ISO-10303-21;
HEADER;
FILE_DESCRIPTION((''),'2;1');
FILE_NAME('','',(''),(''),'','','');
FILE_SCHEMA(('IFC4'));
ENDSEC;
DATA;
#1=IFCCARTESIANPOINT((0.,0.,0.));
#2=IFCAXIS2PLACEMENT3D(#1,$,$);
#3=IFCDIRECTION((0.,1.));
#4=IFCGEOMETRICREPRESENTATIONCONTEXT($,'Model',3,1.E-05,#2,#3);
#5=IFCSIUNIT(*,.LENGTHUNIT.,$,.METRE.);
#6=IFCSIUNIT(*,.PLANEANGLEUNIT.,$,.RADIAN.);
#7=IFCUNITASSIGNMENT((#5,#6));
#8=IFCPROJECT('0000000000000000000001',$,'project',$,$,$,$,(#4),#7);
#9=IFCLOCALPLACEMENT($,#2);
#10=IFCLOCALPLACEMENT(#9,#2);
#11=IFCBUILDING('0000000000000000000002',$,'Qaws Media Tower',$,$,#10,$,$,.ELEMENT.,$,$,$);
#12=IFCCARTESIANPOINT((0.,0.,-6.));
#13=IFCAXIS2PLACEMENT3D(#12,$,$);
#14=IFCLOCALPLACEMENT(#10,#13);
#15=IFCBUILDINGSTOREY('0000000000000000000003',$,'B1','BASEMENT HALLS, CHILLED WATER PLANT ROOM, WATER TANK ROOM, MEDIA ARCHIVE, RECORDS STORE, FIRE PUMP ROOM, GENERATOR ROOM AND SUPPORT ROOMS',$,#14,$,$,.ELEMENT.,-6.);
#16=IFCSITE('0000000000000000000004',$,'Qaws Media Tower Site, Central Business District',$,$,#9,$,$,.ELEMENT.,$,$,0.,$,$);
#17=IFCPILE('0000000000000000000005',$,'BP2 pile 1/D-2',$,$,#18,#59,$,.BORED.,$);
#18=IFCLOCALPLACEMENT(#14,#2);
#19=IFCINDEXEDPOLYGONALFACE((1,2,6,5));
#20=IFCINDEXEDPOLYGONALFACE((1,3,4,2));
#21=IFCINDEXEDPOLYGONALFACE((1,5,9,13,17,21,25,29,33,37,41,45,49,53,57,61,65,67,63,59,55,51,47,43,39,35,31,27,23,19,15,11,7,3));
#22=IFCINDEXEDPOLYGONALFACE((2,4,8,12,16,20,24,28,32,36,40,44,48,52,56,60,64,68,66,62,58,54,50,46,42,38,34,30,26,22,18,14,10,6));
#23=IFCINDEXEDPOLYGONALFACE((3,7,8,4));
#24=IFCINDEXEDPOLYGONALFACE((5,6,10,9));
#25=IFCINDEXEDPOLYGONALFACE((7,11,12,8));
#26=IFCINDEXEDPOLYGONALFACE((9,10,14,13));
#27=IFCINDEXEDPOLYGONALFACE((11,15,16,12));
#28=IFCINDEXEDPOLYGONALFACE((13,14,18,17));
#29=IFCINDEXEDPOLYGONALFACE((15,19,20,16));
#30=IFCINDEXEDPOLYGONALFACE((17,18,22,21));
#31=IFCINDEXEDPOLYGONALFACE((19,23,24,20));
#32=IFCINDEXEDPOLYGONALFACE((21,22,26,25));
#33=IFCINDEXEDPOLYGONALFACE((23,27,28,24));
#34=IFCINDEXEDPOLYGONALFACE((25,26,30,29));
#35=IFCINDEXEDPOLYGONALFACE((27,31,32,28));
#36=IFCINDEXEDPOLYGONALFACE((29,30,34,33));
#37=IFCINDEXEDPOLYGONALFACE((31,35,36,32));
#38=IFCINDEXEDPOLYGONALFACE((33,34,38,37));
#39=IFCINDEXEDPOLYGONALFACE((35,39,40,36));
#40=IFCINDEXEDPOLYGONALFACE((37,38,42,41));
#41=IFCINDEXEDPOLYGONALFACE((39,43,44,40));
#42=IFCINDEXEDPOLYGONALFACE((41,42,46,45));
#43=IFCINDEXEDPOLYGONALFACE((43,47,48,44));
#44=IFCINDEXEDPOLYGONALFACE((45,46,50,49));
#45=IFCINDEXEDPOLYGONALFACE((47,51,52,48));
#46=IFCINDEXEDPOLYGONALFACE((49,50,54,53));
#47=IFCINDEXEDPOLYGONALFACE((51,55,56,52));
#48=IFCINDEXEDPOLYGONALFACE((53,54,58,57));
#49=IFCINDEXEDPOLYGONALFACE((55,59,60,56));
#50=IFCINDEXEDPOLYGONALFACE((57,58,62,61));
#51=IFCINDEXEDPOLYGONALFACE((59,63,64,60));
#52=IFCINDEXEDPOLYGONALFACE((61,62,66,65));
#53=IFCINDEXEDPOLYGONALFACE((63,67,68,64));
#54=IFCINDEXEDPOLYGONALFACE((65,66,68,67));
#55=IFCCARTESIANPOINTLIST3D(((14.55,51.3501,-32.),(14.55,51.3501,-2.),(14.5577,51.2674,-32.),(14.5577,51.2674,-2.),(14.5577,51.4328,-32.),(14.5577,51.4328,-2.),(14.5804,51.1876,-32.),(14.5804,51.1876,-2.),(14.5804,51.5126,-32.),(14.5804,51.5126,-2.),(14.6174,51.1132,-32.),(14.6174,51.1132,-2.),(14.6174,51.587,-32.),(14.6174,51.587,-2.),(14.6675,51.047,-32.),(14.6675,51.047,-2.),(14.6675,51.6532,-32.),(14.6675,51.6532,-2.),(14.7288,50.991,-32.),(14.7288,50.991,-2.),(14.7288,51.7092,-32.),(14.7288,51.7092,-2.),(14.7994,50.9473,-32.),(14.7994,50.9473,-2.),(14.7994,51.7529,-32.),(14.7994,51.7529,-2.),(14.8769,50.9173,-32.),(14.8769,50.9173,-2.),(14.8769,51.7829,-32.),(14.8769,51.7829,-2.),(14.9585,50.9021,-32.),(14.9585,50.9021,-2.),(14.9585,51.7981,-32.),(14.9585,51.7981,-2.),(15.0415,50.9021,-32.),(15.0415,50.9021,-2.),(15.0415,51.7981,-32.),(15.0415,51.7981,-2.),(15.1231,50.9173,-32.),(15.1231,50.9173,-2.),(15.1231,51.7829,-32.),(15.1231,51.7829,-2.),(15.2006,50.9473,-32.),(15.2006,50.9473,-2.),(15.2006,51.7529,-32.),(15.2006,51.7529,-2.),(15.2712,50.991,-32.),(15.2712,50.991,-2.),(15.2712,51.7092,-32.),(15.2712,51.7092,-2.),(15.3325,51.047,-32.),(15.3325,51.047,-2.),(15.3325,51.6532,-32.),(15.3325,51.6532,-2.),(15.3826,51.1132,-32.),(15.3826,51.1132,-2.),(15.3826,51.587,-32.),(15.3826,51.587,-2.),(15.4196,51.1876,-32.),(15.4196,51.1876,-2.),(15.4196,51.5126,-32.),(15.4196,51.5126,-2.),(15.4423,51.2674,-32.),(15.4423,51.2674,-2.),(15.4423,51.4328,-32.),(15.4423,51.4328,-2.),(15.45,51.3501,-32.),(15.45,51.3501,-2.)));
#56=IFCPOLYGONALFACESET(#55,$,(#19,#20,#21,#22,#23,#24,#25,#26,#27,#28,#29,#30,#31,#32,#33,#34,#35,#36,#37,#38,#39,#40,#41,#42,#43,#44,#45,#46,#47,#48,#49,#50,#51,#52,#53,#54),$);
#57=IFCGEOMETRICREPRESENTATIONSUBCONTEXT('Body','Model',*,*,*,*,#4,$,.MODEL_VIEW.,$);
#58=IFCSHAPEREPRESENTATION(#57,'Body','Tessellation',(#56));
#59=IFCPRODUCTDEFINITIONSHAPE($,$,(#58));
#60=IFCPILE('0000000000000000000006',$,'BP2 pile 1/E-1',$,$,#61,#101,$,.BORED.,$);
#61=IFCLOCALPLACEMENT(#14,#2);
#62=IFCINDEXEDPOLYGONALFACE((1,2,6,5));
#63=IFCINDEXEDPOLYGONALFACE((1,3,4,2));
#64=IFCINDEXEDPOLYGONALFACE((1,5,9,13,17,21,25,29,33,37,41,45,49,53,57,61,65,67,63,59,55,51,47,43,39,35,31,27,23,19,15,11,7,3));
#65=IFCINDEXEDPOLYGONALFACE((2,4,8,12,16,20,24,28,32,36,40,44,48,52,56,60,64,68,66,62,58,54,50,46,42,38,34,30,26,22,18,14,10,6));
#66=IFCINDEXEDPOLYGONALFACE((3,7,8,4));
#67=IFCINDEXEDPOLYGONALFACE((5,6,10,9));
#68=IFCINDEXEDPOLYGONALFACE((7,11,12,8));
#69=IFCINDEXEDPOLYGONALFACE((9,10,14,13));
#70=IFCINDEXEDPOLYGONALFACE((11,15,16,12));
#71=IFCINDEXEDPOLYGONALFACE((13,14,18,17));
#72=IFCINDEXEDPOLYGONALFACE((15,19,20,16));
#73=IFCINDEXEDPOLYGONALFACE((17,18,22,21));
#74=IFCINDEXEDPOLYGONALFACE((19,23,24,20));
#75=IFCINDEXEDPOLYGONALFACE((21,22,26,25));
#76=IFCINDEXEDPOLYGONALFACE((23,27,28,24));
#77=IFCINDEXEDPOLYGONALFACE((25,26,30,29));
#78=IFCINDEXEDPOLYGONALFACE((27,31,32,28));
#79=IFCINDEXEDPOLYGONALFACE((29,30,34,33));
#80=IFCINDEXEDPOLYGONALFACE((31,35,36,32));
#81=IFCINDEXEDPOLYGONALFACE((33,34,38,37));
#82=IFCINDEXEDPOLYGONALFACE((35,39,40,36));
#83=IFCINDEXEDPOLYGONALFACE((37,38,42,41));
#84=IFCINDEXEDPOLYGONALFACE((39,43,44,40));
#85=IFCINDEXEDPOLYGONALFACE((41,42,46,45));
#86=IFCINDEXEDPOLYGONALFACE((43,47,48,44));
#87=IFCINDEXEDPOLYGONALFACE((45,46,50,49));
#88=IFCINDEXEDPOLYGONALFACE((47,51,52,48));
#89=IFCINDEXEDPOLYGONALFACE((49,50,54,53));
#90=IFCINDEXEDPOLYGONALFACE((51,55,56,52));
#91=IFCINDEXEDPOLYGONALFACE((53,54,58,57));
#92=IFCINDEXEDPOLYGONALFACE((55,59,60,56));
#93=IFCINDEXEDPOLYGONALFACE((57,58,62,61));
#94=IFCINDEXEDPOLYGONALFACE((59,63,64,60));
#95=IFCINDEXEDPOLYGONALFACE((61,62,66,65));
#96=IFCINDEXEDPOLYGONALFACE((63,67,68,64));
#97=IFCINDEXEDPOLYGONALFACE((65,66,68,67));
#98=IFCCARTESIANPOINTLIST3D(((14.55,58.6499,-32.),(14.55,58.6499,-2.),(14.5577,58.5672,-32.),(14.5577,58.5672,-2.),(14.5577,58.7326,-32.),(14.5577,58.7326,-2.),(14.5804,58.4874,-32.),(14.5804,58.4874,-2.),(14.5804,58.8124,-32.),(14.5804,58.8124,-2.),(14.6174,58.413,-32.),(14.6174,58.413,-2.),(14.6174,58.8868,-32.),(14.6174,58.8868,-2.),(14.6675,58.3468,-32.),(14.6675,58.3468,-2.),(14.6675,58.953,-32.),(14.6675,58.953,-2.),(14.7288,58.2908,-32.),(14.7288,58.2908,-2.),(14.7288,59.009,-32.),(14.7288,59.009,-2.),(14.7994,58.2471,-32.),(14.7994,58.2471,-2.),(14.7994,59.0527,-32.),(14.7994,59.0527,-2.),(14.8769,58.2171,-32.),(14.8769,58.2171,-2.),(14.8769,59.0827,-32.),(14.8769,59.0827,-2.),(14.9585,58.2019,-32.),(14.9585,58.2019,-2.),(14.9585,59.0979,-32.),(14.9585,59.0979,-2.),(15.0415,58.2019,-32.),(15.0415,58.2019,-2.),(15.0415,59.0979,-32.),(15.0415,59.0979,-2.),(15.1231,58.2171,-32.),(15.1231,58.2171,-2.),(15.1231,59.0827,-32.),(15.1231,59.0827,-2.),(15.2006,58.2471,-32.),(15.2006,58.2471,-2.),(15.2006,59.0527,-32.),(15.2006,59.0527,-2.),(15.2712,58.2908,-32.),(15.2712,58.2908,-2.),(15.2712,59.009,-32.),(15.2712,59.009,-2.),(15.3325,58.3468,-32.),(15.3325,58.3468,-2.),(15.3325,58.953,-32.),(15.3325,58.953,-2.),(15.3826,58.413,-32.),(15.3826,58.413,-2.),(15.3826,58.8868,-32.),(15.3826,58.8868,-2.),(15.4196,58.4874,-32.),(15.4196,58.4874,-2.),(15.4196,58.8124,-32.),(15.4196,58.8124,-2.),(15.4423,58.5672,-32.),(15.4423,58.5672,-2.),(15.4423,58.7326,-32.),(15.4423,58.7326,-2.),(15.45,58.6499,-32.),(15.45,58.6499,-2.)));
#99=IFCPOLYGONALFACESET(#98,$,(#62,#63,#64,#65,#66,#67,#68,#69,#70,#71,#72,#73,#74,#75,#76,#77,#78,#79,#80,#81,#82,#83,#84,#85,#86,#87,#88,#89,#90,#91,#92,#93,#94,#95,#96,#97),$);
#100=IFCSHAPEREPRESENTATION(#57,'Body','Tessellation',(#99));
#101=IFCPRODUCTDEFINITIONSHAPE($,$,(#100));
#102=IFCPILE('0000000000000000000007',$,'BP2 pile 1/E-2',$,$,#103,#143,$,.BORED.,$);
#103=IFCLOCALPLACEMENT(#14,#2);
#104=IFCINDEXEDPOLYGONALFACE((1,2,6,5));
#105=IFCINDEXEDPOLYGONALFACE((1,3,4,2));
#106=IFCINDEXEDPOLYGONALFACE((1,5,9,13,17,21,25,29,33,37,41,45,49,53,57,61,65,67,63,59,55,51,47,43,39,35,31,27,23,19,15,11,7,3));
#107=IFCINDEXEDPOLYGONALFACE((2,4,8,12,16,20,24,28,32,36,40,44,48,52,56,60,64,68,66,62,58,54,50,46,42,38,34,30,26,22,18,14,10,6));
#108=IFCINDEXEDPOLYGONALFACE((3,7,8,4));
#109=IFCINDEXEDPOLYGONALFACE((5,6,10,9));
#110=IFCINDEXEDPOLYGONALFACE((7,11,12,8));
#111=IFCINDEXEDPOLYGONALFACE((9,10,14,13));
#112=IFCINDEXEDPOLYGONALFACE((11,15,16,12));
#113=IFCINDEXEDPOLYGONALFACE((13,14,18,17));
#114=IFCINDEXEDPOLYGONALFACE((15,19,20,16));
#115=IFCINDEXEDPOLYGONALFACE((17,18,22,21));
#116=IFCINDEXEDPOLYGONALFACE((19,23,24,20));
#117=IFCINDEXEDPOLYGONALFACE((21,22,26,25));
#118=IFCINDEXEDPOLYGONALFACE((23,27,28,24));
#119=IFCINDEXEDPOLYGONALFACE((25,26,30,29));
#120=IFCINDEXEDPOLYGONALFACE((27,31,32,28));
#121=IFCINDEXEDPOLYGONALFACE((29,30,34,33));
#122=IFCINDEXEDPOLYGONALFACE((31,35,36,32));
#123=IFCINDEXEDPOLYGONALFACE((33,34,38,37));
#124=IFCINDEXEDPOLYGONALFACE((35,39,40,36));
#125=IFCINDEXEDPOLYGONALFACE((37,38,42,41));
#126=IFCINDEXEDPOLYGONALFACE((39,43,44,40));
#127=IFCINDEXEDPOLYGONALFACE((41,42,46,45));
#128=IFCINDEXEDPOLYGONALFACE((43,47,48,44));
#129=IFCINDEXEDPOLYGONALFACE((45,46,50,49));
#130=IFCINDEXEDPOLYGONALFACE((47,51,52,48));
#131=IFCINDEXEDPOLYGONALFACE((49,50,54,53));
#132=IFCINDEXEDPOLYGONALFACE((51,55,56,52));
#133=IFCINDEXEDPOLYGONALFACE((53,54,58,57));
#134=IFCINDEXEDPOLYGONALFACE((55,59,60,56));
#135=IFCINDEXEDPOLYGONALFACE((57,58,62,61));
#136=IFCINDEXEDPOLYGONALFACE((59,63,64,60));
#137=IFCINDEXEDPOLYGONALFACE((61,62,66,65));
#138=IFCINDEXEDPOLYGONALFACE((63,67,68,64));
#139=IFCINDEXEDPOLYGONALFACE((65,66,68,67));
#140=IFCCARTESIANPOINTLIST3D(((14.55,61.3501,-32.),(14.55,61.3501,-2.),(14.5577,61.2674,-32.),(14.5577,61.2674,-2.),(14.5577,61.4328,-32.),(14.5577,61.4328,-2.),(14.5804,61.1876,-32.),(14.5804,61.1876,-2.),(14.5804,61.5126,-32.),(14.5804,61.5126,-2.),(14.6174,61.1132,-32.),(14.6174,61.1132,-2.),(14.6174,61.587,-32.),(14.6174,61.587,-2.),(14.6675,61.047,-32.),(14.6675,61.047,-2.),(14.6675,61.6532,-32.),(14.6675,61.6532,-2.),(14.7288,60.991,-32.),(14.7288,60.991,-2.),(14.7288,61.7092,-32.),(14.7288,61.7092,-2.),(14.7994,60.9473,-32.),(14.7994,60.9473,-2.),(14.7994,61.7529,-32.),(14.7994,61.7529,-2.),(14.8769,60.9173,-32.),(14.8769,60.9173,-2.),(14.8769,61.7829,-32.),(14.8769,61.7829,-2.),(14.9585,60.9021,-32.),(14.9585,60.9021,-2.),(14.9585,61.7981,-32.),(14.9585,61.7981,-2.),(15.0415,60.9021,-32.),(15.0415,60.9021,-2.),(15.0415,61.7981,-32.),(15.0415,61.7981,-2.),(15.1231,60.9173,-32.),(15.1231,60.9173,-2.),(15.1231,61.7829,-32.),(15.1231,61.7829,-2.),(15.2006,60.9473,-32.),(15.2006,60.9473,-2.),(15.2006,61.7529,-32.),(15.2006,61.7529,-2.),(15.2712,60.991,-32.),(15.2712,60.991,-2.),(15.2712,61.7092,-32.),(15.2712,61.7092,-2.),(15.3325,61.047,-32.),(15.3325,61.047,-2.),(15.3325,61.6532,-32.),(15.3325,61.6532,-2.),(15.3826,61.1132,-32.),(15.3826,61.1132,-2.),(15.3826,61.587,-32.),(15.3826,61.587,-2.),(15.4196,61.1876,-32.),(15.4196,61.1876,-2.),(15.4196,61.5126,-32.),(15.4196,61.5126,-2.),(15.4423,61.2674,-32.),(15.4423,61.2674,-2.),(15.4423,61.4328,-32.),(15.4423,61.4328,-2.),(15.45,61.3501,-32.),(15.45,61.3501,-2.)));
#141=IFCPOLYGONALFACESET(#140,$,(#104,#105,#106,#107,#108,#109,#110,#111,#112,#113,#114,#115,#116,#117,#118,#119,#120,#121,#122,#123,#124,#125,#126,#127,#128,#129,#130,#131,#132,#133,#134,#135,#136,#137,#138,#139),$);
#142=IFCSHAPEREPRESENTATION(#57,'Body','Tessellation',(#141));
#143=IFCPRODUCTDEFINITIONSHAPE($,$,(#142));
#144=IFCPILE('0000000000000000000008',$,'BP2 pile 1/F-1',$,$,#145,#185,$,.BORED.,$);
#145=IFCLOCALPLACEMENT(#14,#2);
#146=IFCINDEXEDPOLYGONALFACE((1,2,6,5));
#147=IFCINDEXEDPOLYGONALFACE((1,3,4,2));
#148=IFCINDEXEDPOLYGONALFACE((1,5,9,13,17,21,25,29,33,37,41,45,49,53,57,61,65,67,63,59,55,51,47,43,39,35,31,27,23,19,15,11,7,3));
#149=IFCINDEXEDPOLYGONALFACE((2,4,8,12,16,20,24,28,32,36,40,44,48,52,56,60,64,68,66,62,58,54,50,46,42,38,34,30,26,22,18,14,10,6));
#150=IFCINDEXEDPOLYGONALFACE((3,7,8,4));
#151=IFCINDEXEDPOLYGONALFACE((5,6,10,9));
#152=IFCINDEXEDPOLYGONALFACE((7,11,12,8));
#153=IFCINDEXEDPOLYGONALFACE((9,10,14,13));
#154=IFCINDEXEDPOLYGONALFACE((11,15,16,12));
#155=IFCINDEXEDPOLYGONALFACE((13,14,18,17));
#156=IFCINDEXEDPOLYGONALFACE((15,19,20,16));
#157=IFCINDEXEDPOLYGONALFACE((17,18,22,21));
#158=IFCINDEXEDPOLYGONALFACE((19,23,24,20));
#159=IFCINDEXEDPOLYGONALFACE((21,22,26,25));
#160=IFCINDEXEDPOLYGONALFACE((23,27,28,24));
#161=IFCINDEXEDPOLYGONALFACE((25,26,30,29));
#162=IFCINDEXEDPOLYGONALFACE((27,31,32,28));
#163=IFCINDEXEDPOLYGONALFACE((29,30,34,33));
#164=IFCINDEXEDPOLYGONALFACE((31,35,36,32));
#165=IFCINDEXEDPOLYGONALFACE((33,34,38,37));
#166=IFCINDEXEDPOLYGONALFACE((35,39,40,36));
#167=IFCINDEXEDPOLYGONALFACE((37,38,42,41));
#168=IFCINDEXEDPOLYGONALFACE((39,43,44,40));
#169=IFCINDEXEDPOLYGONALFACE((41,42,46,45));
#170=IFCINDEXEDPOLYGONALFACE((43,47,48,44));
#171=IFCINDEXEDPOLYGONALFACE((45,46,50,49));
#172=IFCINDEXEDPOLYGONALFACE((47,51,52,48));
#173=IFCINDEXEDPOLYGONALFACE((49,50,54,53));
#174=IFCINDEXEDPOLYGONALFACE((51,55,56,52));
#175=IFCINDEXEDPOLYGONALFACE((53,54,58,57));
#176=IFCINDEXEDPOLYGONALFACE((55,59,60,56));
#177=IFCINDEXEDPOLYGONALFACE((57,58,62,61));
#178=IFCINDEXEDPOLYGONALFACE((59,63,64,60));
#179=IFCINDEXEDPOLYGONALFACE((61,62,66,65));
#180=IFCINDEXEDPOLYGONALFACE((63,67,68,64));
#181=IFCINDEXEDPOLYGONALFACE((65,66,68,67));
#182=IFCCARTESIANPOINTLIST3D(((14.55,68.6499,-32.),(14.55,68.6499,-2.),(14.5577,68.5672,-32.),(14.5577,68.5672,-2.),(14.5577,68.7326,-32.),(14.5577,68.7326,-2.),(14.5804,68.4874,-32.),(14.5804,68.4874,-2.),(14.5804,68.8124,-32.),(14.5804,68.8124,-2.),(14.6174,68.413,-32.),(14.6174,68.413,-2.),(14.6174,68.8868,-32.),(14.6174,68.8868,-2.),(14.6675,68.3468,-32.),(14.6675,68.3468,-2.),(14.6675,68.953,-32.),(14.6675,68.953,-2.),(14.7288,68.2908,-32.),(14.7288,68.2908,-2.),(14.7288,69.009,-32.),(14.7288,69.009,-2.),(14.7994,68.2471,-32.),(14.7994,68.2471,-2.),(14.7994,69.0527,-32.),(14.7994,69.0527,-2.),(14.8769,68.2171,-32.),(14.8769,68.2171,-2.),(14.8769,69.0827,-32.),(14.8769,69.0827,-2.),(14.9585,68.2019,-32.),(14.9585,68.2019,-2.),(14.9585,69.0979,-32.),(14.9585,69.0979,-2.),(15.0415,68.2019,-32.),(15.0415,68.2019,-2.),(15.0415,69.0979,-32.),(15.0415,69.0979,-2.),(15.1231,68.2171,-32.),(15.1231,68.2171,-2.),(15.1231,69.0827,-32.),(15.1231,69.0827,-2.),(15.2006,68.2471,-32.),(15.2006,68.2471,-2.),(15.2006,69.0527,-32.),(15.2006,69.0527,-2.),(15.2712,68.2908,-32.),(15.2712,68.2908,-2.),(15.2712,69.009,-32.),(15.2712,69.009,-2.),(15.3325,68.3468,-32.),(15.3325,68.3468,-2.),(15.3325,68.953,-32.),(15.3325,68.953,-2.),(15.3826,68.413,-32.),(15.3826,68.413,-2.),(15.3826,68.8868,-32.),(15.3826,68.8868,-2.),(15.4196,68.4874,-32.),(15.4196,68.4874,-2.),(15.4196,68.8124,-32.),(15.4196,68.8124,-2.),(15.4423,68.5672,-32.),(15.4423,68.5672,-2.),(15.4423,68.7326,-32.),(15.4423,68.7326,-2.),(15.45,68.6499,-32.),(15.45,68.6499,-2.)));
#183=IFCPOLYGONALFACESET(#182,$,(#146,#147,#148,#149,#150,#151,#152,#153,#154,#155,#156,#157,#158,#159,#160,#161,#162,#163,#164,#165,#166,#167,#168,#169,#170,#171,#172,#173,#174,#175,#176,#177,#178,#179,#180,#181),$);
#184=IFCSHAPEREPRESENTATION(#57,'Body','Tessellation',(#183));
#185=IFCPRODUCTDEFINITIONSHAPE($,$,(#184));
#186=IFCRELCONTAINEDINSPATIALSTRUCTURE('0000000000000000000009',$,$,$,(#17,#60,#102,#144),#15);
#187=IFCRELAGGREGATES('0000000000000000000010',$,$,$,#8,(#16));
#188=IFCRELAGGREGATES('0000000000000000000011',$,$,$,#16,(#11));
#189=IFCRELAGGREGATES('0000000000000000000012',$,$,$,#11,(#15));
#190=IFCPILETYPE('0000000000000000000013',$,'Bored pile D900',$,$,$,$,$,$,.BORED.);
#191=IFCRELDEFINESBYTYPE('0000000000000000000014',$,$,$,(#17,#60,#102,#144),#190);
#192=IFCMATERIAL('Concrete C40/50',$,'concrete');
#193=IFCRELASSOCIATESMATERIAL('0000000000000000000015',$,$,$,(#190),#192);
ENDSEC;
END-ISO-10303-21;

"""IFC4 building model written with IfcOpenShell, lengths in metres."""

from ifc_helpers import new_model, si_unit, direction, frame, origin, origin_2d, place, context, subcontext, project, spatial, circle, extrude, material, material_profile, profile_set, type_object, element, save


model = new_model("IFC4")

# Units and contexts
model_context = context("Model", 3, precision=1e-05, world=origin(), true_north=direction((0.0, 1.0)))
body_context = subcontext(model_context, "Body", "Model", "MODEL_VIEW")
ifc_project = project(units=[si_unit("LENGTHUNIT", "METRE"), si_unit("PLANEANGLEUNIT", "RADIAN")], contexts=[model_context])

# Site, building, storey
site_placement = place(None, origin())
site = spatial("IfcSite", under=ifc_project, at=site_placement, Name="Qaws Media Tower Site, Central Business District", CompositionType="ELEMENT", RefElevation=0.0)
building_placement = place(site_placement, origin())
building = spatial("IfcBuilding", under=site, at=building_placement, Name="Qaws Media Tower", CompositionType="ELEMENT")
storey_placement = place(building_placement, frame((0.0, 0.0, -6.0)))
storey = spatial("IfcBuildingStorey", under=building, at=storey_placement, Name="B1", Description="BASEMENT HALLS, CHILLED WATER PLANT ROOM, WATER TANK ROOM, MEDIA ARCHIVE, RECORDS STORE, FIRE PUMP ROOM, GENERATOR ROOM AND SUPPORT ROOMS", CompositionType="ELEMENT", Elevation=-6.0)

# Piles
ifc_material_1 = material(Name="Concrete C40/50", Category="concrete")
ifc_material_profile_1 = material_profile(ifc_material_1, circle(Radius=0.45, at=origin_2d()), Name="D900")
ifc_profile_set_1 = profile_set([ifc_material_profile_1], Name="Concrete C40/50")
pile_type = type_object("IfcPileType", Name="Bored pile D900", PredefinedType="BORED", material=ifc_profile_set_1)
for number, where, z_axis, x_axis, name in (
    (1, (15.0, 51.3501, -2.0), (0.0, 0.0, -1.0), (1.0, 0.0, 0.0), "BP2 pile 1/D-2"),
    (2, (15.0, 58.6499, -2.0), (0.0, 0.0, -1.0), (1.0, 0.0, 0.0), "BP2 pile 1/E-1"),
    (3, (15.0, 61.3501, -2.0), (0.0, 0.0, -1.0), (1.0, 0.0, 0.0), "BP2 pile 1/E-2"),
    (4, (15.0, 68.6499, -2.0), (0.0, 0.0, -1.0), (1.0, 0.0, 0.0), "BP2 pile 1/F-1"),
):
    element("IfcPile", number, at=place(storey_placement, frame(where, z_axis=z_axis, x_axis=x_axis)), inside=storey, type_object=pile_type, Name=name, PredefinedType="BORED", context=body_context, shape_type="SweptSolid", body=[
        extrude(circle(Radius=0.45, at=origin_2d()), origin(), (0.0, 0.0, 1.0), 30.0),
    ])

save(model, "model.ifc")
